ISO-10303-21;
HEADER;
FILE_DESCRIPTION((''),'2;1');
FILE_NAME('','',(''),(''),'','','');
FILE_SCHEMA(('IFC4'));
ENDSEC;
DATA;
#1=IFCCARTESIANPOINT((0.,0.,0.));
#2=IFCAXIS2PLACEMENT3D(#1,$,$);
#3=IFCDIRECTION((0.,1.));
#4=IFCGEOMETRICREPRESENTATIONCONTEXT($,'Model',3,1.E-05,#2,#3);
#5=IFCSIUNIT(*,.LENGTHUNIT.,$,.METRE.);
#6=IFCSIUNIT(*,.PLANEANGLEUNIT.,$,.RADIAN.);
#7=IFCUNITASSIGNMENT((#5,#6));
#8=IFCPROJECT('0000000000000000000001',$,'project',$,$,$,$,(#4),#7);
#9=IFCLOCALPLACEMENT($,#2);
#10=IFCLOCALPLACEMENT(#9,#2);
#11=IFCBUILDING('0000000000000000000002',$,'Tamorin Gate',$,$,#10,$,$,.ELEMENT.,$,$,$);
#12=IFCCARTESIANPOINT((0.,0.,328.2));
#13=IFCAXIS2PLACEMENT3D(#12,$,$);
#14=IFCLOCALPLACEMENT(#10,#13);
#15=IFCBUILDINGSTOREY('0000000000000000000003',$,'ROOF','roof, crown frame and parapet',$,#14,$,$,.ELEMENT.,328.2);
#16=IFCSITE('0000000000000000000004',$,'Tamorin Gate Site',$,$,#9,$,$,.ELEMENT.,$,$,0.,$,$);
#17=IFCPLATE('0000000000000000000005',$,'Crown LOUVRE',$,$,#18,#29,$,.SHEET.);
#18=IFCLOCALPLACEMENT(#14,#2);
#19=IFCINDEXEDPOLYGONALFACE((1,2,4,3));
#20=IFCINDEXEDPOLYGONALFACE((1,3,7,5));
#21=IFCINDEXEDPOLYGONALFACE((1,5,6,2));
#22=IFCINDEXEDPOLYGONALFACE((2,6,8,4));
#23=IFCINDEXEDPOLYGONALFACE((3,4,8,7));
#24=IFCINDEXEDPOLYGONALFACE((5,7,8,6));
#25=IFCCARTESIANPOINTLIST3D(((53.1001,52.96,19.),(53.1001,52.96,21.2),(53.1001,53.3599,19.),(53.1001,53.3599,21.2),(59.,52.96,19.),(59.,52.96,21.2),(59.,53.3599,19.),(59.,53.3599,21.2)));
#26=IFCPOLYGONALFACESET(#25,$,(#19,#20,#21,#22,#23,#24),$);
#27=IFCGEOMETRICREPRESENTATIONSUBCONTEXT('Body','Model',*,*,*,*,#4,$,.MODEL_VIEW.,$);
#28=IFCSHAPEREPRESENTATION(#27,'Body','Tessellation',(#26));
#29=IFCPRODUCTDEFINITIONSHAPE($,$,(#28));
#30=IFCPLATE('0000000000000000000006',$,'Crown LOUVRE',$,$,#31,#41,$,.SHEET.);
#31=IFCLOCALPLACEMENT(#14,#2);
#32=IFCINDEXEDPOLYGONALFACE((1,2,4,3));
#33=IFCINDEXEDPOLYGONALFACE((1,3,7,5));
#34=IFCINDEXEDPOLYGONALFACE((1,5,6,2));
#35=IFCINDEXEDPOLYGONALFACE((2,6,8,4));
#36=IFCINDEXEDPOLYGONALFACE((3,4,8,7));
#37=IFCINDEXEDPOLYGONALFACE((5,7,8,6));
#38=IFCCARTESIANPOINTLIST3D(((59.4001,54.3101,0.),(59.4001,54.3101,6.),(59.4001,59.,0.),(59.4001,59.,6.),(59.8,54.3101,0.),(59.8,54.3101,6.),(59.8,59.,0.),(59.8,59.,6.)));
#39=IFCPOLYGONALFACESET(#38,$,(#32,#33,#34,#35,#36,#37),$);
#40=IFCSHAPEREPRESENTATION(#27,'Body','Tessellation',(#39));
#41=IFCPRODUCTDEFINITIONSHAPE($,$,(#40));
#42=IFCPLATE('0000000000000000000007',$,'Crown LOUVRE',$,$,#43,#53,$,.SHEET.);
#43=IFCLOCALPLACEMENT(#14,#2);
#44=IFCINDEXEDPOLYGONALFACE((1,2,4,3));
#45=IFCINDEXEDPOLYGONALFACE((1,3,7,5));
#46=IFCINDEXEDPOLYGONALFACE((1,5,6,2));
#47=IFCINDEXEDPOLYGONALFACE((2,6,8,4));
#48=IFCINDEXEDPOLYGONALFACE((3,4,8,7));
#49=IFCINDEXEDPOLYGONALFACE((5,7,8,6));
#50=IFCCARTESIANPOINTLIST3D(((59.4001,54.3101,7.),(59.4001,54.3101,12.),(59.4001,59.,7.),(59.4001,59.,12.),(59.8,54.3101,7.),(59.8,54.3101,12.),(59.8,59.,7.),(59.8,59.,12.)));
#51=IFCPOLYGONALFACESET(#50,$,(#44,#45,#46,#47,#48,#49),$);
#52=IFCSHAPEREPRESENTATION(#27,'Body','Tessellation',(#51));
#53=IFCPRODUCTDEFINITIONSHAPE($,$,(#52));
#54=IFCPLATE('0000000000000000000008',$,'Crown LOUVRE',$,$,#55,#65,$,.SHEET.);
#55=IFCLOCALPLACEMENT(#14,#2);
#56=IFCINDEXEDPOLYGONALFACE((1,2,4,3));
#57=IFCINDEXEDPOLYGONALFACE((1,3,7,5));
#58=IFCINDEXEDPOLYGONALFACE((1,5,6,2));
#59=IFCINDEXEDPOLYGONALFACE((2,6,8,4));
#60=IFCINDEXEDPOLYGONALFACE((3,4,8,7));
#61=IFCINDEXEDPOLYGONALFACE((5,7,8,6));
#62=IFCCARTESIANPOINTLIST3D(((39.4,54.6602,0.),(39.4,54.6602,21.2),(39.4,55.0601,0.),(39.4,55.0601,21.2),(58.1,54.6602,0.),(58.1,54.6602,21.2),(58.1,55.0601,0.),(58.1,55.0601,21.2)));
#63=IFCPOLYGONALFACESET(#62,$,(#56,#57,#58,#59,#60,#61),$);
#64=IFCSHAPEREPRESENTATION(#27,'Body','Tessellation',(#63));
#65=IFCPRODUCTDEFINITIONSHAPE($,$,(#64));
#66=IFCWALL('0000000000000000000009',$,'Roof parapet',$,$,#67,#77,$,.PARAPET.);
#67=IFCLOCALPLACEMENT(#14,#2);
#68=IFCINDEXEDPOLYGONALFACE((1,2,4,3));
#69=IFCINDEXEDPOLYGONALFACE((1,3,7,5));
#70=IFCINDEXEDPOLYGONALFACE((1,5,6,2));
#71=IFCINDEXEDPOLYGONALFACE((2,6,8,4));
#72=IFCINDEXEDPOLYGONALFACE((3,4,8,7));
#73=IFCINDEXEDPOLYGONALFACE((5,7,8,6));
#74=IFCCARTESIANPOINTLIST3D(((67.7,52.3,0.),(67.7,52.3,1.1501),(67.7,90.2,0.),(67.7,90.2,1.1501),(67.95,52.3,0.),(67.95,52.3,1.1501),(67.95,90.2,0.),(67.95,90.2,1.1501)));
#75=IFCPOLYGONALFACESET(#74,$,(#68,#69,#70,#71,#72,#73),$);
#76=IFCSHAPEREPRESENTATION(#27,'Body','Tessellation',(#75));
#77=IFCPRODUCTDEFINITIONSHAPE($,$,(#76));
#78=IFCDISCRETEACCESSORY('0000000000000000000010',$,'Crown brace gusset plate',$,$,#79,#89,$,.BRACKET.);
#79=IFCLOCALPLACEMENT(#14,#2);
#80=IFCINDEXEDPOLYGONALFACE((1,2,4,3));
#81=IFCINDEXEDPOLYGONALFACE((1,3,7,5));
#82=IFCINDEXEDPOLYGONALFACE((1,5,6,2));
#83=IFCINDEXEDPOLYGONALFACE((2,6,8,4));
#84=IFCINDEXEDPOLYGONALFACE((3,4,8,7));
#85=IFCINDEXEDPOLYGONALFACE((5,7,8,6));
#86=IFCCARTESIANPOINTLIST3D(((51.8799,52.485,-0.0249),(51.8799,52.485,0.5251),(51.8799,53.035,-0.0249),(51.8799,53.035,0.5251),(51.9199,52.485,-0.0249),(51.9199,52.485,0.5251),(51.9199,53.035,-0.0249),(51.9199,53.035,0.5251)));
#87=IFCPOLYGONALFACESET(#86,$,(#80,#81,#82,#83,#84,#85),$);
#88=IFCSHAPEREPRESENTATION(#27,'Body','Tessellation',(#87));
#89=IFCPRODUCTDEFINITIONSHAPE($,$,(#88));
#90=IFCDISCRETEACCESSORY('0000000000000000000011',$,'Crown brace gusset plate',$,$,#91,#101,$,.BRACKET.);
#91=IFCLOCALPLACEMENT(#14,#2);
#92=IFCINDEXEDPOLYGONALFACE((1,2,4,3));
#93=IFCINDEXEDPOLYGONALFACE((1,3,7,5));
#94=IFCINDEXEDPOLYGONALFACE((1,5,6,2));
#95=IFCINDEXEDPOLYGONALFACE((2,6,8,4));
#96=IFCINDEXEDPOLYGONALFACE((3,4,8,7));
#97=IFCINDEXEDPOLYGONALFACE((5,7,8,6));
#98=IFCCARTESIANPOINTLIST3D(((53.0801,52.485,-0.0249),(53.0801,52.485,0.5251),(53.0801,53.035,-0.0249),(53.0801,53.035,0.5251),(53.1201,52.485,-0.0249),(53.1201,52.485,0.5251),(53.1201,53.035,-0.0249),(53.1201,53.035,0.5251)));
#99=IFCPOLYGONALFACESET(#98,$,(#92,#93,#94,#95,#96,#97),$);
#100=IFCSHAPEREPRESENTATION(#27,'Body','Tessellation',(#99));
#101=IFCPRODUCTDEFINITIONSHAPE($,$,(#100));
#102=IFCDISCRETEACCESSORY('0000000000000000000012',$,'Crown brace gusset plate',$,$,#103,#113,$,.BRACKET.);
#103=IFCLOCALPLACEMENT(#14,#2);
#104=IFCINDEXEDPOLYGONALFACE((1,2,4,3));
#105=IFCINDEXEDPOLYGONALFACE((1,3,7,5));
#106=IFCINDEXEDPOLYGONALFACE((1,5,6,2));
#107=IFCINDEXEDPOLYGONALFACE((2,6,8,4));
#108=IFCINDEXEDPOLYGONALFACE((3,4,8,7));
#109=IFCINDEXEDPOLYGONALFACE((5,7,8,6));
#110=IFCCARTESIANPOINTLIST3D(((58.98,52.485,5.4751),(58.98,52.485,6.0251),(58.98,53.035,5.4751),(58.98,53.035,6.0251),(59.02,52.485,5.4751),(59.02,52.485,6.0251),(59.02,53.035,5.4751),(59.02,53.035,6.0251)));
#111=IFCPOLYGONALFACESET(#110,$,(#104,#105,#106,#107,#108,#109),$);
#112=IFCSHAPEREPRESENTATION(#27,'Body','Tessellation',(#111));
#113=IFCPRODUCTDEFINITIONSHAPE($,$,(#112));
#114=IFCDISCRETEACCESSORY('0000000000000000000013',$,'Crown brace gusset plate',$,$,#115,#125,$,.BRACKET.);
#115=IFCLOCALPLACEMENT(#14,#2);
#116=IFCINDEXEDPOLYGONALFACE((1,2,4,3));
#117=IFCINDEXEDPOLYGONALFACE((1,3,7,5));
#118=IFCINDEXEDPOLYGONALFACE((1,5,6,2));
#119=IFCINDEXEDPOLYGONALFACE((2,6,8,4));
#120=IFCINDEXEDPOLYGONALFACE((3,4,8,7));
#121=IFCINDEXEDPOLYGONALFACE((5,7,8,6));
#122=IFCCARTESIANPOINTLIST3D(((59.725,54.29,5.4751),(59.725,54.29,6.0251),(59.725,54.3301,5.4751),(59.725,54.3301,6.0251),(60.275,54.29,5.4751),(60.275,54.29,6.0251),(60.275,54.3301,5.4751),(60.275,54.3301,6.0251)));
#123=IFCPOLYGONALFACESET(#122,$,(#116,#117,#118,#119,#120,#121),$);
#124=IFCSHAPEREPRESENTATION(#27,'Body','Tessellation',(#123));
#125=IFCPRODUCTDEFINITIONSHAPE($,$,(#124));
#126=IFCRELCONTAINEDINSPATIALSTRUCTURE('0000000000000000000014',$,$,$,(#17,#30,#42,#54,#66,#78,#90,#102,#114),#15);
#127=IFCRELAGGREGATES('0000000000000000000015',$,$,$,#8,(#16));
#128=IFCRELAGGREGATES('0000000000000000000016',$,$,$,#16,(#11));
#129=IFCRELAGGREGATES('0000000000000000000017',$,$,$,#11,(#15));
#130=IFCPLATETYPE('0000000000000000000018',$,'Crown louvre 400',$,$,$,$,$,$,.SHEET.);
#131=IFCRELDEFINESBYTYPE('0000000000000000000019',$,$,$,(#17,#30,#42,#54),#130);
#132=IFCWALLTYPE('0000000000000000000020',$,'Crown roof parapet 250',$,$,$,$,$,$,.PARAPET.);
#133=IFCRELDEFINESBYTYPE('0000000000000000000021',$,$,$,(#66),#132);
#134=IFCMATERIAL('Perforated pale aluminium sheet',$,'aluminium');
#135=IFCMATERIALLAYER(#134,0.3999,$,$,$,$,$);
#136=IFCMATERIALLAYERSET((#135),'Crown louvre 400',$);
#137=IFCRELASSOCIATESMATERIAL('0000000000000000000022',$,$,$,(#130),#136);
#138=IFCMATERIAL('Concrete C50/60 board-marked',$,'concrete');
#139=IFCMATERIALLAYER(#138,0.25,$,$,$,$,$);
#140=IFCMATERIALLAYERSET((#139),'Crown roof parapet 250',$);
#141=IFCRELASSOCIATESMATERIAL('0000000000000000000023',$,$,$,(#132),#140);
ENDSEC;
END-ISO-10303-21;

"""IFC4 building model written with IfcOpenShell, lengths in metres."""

from ifc_helpers import new_model, si_unit, direction, frame, frame_2d, origin, origin_2d, place, context, subcontext, project, spatial, rectangle, extrude, material, layer, layer_set, type_object, element, save


model = new_model("IFC4")

# Units and contexts
model_context = context("Model", 3, precision=1e-05, world=origin(), true_north=direction((0.0, 1.0)))
body_context = subcontext(model_context, "Body", "Model", "MODEL_VIEW")
ifc_project = project(units=[si_unit("LENGTHUNIT", "METRE"), si_unit("PLANEANGLEUNIT", "RADIAN")], contexts=[model_context])

# Site, building, storey
site_placement = place(None, origin())
site = spatial("IfcSite", under=ifc_project, at=site_placement, Name="Tamorin Gate Site", CompositionType="ELEMENT", RefElevation=0.0)
building_placement = place(site_placement, origin())
building = spatial("IfcBuilding", under=site, at=building_placement, Name="Tamorin Gate", CompositionType="ELEMENT")
storey_placement = place(building_placement, frame((0.0, 0.0, 328.2)))
storey = spatial("IfcBuildingStorey", under=building, at=storey_placement, Name="ROOF", Description="roof, crown frame and parapet", CompositionType="ELEMENT", Elevation=328.2)

# Plates
ifc_material_1 = material(Name="Perforated pale aluminium sheet", Category="aluminium")
ifc_layer_1 = layer(ifc_material_1, 0.3999)
ifc_layer_set_1 = layer_set([ifc_layer_1], Name="Crown louvre 400")
plate_type_1 = type_object("IfcPlateType", Name="Crown louvre 400", PredefinedType="SHEET", material=ifc_layer_set_1)
plate_1_placement = place(storey_placement, frame((56.05, 53.1599, 19.0), z_axis=(0.0, 0.0, 1.0), x_axis=(1.0, 0.0, 0.0)))
element("IfcPlate", 1, at=plate_1_placement, inside=storey, type_object=plate_type_1, Name="Crown LOUVRE", PredefinedType="SHEET", context=body_context, shape_type="SweptSolid", body=[
    extrude(rectangle(XDim=5.8999, YDim=0.3999, at=origin_2d()), origin(), (0.0, 0.0, 1.0), 2.2),
])
plate_2_placement = place(storey_placement, frame((59.6001, 56.655, 0.0), z_axis=(0.0, 0.0, 1.0), x_axis=(0.0, 1.0, 0.0)))
element("IfcPlate", 2, at=plate_2_placement, inside=storey, type_object=plate_type_1, Name="Crown LOUVRE", PredefinedType="SHEET", context=body_context, shape_type="SweptSolid", body=[
    extrude(rectangle(XDim=4.6899, YDim=0.3999, at=origin_2d()), origin(), (0.0, 0.0, 1.0), 6.0),
])
plate_3_placement = place(storey_placement, frame((59.6001, 56.655, 7.0), z_axis=(0.0, 0.0, 1.0), x_axis=(0.0, 1.0, 0.0)))
element("IfcPlate", 3, at=plate_3_placement, inside=storey, type_object=plate_type_1, Name="Crown LOUVRE", PredefinedType="SHEET", context=body_context, shape_type="SweptSolid", body=[
    extrude(rectangle(XDim=4.6899, YDim=0.3999, at=origin_2d()), origin(), (0.0, 0.0, 1.0), 5.0),
])
plate_4_placement = place(storey_placement, frame((48.75, 54.8601, 0.0), z_axis=(0.0, 0.0, 1.0), x_axis=(1.0, 0.0, 0.0)))
element("IfcPlate", 4, at=plate_4_placement, inside=storey, type_object=plate_type_1, Name="Crown LOUVRE", PredefinedType="SHEET", context=body_context, shape_type="SweptSolid", body=[
    extrude(rectangle(XDim=18.7, YDim=0.3999, at=origin_2d()), origin(), (0.0, 0.0, 1.0), 21.2),
])

# Wall
ifc_material_2 = material(Name="Concrete C50/60 board-marked", Category="concrete")
ifc_layer_2 = layer(ifc_material_2, 0.25)
ifc_layer_set_2 = layer_set([ifc_layer_2], Name="Crown roof parapet 250")
wall_type = type_object("IfcWallType", Name="Crown roof parapet 250", PredefinedType="PARAPET", material=ifc_layer_set_2)
wall_placement = place(storey_placement, frame((67.825, 52.3, 0.0), z_axis=(0.0, 0.0, 1.0), x_axis=(0.0, 1.0, 0.0)))
element("IfcWall", 5, at=wall_placement, inside=storey, type_object=wall_type, Name="Roof parapet", PredefinedType="PARAPET", context=body_context, shape_type="SweptSolid", body=[
    extrude(rectangle(XDim=37.8999, YDim=0.25, at=frame_2d((18.95, 0.0))), origin(), (0.0, 0.0, 1.0), 1.1501),
])

# Discrete accessories
for number, where, z_axis, x_axis, name in (
    (6, (51.8999, 52.76, -0.0249), (0.0, 0.0, 1.0), (1.0, 0.0, 0.0), "Crown brace gusset plate"),
    (7, (53.1001, 52.76, -0.0249), (0.0, 0.0, 1.0), (1.0, 0.0, 0.0), "Crown brace gusset plate"),
    (8, (59.0, 52.76, 5.4751), (0.0, 0.0, 1.0), (1.0, 0.0, 0.0), "Crown brace gusset plate"),
    (9, (60.0, 54.3101, 5.4751), (0.0, 0.0, 1.0), (0.0, 1.0, 0.0), "Crown brace gusset plate"),
):
    element("IfcDiscreteAccessory", number, at=place(storey_placement, frame(where, z_axis=z_axis, x_axis=x_axis)), inside=storey, Name=name, PredefinedType="BRACKET", context=body_context, shape_type="SweptSolid", body=[
        extrude(rectangle(XDim=0.04, YDim=0.55, at=origin_2d()), origin(), (0.0, 0.0, 1.0), 0.55),
    ])

save(model, "model.ifc")
